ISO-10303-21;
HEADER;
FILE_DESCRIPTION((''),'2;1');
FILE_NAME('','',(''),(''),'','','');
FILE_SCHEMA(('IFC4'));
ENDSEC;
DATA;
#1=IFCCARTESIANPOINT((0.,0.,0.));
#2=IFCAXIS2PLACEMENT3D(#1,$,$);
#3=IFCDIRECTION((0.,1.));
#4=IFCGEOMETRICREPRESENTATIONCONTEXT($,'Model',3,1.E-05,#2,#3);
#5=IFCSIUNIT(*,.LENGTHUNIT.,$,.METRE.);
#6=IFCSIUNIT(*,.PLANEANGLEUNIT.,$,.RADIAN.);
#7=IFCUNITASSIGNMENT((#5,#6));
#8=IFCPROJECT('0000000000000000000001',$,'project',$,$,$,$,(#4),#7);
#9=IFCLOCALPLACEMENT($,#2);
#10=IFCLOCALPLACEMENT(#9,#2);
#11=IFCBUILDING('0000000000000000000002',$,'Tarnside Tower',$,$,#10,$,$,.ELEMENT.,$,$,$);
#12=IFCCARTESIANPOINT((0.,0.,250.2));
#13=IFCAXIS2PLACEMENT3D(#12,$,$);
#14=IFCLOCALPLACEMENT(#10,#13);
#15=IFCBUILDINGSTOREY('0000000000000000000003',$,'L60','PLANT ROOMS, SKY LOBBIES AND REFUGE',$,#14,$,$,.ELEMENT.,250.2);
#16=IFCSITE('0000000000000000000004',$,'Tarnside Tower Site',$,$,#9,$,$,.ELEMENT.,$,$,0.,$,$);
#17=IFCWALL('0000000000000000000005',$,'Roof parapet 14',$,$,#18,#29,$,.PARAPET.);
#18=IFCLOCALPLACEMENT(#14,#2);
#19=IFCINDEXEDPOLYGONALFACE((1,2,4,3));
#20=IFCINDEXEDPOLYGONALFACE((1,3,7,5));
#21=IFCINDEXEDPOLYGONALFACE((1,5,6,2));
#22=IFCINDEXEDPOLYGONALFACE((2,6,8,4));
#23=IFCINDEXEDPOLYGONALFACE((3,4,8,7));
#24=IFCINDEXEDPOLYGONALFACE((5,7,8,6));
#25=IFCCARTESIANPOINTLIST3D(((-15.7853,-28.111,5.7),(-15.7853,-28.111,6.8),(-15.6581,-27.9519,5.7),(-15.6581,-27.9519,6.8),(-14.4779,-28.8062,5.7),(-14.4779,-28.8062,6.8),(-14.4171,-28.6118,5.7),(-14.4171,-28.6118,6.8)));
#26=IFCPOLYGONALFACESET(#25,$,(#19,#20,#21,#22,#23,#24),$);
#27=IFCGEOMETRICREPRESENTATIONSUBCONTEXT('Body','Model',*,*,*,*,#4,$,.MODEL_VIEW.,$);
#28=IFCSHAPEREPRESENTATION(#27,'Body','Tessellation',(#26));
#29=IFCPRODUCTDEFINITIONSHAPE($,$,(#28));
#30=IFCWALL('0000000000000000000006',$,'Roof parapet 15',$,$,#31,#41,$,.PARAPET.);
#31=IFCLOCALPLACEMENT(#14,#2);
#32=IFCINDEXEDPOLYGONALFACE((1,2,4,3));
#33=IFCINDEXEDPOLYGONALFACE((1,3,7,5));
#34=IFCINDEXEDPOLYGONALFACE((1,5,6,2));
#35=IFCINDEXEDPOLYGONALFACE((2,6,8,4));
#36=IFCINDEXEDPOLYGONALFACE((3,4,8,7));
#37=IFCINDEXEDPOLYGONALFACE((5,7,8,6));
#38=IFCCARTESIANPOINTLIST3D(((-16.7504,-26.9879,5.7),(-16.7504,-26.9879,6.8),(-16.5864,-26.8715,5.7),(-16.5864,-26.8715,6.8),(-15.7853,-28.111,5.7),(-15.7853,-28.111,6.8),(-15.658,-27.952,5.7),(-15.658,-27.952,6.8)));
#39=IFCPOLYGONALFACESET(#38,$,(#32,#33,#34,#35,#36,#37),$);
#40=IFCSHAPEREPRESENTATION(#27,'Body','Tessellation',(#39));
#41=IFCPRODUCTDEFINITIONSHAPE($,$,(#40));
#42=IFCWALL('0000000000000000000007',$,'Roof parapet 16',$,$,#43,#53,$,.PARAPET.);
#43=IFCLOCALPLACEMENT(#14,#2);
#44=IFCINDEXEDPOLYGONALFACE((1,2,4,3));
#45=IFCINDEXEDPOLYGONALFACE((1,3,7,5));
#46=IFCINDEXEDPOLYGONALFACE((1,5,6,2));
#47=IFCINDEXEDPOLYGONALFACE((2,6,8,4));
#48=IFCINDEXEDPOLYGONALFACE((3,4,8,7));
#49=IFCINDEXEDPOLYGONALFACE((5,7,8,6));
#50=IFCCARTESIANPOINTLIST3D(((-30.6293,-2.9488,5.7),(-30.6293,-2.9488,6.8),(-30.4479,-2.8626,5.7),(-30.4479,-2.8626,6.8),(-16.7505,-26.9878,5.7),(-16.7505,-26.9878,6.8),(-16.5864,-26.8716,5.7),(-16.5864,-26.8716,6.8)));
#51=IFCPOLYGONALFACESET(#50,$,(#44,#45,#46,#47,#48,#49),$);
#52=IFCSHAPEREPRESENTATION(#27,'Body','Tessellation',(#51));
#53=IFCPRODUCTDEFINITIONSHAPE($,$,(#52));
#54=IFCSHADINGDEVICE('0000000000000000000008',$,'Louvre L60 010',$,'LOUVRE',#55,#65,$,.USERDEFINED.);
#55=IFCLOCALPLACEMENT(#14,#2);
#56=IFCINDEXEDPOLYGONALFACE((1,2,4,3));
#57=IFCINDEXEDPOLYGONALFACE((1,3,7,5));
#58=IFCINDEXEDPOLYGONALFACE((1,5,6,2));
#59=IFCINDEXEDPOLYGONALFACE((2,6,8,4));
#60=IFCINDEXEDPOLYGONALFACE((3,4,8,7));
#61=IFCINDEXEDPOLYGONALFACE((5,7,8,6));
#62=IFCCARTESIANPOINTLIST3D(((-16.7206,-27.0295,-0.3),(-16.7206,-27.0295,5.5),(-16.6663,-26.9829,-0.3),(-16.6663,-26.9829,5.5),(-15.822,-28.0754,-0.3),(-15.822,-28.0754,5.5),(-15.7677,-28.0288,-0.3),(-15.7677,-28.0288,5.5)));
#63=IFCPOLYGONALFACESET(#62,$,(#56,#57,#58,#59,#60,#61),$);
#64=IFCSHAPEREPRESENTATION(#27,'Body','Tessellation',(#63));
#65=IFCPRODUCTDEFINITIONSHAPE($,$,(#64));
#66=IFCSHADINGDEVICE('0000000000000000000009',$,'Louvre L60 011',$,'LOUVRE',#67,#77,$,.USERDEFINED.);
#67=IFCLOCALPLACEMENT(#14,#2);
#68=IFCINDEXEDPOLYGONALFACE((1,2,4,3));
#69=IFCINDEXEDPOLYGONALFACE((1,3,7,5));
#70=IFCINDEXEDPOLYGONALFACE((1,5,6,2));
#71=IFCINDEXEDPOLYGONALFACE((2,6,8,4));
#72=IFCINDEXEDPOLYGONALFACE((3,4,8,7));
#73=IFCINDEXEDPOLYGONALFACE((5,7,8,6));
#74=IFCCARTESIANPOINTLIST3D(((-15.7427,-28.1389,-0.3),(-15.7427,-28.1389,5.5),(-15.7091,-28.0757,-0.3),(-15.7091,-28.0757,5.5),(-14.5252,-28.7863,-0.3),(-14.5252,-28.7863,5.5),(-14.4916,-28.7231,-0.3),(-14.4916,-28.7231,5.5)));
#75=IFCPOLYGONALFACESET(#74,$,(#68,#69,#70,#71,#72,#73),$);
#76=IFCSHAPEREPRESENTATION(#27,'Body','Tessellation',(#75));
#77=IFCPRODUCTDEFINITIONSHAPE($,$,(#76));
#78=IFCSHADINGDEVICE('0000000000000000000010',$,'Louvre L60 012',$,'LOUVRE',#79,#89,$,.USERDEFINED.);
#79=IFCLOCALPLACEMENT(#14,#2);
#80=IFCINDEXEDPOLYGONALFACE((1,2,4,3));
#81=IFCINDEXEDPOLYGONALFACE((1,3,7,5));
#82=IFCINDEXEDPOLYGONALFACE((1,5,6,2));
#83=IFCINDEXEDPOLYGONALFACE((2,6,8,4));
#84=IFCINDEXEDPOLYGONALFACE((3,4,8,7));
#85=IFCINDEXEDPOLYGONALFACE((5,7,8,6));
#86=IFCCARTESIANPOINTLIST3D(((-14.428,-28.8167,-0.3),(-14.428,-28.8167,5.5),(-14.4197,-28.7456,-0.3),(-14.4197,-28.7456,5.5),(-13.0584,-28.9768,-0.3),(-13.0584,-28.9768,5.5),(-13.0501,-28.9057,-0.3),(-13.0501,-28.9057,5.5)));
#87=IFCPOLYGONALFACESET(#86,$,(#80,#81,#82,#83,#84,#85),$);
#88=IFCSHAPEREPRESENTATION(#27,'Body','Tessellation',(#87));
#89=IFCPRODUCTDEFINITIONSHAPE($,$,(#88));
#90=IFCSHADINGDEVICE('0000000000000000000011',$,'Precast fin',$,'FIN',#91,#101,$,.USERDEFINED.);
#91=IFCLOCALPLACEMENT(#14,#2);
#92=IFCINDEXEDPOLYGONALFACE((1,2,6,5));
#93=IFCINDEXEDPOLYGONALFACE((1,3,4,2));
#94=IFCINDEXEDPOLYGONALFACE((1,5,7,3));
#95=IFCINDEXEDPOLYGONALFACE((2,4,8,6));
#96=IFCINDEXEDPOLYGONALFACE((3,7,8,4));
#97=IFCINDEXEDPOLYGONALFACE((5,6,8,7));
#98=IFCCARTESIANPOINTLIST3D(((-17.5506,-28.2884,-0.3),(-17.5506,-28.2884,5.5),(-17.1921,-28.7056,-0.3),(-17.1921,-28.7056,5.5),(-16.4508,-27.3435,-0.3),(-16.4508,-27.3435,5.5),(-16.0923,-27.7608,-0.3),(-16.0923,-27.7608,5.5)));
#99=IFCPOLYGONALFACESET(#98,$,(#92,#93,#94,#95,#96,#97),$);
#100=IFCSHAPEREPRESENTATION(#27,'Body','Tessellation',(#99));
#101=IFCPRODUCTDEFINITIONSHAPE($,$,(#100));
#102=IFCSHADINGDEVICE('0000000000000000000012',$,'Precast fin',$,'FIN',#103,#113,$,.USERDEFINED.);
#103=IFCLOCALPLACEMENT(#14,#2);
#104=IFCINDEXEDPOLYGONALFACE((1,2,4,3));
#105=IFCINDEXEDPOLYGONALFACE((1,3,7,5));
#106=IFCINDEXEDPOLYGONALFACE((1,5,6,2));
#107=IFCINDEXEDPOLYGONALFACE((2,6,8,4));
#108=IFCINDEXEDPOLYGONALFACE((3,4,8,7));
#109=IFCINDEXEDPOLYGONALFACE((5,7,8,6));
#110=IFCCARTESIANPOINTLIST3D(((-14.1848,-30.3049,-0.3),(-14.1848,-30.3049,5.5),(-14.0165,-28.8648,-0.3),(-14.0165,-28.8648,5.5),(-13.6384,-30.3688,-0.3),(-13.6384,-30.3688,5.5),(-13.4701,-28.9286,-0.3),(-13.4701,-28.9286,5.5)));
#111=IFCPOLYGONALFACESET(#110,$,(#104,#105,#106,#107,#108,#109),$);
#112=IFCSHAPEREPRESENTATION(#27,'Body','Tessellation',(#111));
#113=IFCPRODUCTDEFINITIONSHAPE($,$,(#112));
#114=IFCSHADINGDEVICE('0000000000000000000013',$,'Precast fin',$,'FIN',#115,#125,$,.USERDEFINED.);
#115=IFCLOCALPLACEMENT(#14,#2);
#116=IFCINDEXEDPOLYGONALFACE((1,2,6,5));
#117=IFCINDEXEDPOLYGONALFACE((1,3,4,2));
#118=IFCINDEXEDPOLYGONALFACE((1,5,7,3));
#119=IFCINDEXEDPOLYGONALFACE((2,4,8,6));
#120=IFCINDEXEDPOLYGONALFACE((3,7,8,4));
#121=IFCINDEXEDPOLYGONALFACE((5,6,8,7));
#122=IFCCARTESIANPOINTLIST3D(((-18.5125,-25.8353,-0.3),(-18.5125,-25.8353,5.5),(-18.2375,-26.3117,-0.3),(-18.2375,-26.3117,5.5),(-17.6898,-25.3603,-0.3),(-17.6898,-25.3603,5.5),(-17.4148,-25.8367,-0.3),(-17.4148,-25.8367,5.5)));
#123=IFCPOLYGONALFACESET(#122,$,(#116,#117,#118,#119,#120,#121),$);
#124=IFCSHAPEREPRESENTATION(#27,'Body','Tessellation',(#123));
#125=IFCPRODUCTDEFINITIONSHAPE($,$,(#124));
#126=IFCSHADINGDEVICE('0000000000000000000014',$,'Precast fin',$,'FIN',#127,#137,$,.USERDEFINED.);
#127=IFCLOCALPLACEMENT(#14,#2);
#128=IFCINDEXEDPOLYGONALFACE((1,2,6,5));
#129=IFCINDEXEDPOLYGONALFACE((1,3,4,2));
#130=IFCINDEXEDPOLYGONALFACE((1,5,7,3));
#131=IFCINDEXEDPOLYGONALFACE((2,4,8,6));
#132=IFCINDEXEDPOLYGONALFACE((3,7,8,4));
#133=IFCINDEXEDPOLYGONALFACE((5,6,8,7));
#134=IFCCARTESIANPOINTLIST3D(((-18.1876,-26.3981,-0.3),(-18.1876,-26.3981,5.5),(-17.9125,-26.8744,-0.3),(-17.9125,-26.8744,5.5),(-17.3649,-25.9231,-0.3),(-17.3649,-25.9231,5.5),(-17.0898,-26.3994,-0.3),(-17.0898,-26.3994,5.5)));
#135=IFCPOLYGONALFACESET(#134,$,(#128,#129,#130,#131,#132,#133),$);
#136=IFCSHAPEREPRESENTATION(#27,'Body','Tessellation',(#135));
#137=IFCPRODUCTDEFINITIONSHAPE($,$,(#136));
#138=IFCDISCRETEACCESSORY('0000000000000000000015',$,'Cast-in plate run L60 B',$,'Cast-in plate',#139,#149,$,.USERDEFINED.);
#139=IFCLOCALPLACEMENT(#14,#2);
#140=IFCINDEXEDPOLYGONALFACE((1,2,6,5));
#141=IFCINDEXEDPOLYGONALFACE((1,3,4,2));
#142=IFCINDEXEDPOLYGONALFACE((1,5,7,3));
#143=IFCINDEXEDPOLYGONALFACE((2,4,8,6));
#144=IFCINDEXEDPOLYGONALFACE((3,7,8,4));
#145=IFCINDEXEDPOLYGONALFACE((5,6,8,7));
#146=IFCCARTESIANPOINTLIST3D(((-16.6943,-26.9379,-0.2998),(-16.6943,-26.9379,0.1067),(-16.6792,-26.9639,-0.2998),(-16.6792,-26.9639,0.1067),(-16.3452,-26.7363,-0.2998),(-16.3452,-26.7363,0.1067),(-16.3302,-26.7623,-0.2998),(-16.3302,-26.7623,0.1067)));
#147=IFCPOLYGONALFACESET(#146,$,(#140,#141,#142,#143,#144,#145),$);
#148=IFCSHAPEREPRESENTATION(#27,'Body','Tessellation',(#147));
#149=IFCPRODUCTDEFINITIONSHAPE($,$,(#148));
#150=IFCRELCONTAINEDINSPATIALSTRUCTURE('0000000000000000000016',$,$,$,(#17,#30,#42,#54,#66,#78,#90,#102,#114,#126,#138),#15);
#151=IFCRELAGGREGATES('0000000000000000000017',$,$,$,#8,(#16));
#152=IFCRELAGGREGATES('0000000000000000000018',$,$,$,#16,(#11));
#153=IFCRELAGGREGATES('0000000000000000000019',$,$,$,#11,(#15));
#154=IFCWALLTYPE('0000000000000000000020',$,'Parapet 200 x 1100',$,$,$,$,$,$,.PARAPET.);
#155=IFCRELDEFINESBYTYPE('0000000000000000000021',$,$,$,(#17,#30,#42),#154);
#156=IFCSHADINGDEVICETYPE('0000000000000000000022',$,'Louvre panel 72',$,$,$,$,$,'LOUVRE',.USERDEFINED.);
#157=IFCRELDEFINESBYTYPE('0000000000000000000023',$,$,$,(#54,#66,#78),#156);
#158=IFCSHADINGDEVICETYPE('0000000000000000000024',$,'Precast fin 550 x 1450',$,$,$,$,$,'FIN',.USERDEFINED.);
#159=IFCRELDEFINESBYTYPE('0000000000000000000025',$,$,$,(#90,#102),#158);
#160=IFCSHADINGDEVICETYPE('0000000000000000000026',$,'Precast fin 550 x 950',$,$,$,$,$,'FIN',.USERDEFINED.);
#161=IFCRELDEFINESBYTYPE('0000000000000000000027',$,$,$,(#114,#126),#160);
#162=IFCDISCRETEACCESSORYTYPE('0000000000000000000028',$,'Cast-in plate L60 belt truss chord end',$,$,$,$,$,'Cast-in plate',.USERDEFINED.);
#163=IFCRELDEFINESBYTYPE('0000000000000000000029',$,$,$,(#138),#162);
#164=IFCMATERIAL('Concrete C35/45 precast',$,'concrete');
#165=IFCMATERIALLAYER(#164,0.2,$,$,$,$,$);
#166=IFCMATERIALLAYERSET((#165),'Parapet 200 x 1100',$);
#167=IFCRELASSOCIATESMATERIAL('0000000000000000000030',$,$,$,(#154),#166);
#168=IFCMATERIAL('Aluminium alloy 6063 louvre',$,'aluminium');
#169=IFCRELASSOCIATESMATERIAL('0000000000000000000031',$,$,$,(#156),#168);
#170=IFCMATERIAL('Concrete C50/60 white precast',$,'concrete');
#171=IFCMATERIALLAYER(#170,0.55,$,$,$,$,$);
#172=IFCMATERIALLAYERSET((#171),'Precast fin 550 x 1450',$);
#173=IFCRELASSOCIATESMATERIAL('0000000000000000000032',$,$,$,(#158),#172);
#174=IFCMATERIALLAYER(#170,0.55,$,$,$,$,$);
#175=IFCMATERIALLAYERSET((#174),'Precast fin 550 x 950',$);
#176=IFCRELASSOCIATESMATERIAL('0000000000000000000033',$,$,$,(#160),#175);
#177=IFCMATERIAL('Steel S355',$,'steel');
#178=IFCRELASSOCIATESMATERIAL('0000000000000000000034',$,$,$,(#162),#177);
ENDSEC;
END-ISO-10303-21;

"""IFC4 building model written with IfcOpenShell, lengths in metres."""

from ifc_helpers import new_model, si_unit, direction, frame, origin, origin_2d, place, context, subcontext, project, spatial, polyline, rectangle, outline, extrude, material, layer, layer_set, type_object, element, save


model = new_model("IFC4")

# Units and contexts
model_context = context("Model", 3, precision=1e-05, world=origin(), true_north=direction((0.0, 1.0)))
body_context = subcontext(model_context, "Body", "Model", "MODEL_VIEW")
ifc_project = project(units=[si_unit("LENGTHUNIT", "METRE"), si_unit("PLANEANGLEUNIT", "RADIAN")], contexts=[model_context])

# Site, building, storey
site_placement = place(None, origin())
site = spatial("IfcSite", under=ifc_project, at=site_placement, Name="Tarnside Tower Site", CompositionType="ELEMENT", RefElevation=0.0)
building_placement = place(site_placement, origin())
building = spatial("IfcBuilding", under=site, at=building_placement, Name="Tarnside Tower", CompositionType="ELEMENT")
storey_placement = place(building_placement, frame((0.0, 0.0, 250.2)))
storey = spatial("IfcBuildingStorey", under=building, at=storey_placement, Name="L60", Description="PLANT ROOMS, SKY LOBBIES AND REFUGE", CompositionType="ELEMENT", Elevation=250.2)

# Shared definitions
ifc_material_1 = material(Name="Steel S355", Category="steel")

# Walls
ifc_material_2 = material(Name="Concrete C35/45 precast", Category="concrete")
ifc_layer_1 = layer(ifc_material_2, 0.2)
ifc_layer_set_1 = layer_set([ifc_layer_1], Name="Parapet 200 x 1100")
wall_type = type_object("IfcWallType", Name="Parapet 200 x 1100", PredefinedType="PARAPET", material=ifc_layer_set_1)
wall_1_placement = place(storey_placement, frame((-14.4475, -28.709, 5.7), z_axis=(0.0, 0.0, 1.0), x_axis=(-0.882947, 0.469473, 0.0)))
element("IfcWall", 1, at=wall_1_placement, inside=storey, type_object=wall_type, Name="Roof parapet 14", PredefinedType="PARAPET", context=body_context, shape_type="SweptSolid", body=[
    extrude(outline(polyline([(0.0188, -0.1001), (1.4243, -0.1001), (1.4619, 0.1001), (-0.0188, 0.1001), (0.0188, -0.1001)])), origin(), (0.0, 0.0, 1.0), 1.1001),
])
wall_2_placement = place(storey_placement, frame((-15.7217, -28.0315, 5.7), z_axis=(0.0, 0.0, 1.0), x_axis=(-0.651732, 0.758449, 0.0)))
element("IfcWall", 2, at=wall_2_placement, inside=storey, type_object=wall_type, Name="Roof parapet 15", PredefinedType="PARAPET", context=body_context, shape_type="SweptSolid", body=[
    extrude(outline(polyline([(0.0188, -0.1001), (1.4434, -0.1001), (1.4619, 0.1001), (-0.0188, 0.1001), (0.0188, -0.1001)])), origin(), (0.0, 0.0, 1.0), 1.1001),
])
wall_3_placement = place(storey_placement, frame((-16.6685, -26.9297, 5.7), z_axis=(0.0, 0.0, 1.0), x_axis=(-0.499997, 0.866027, 0.0)))
element("IfcWall", 3, at=wall_3_placement, inside=storey, type_object=wall_type, Name="Roof parapet 16", PredefinedType="PARAPET", context=body_context, shape_type="SweptSolid", body=[
    extrude(outline(polyline([(0.0093, -0.1001), (27.7324, -0.1001), (27.7485, 0.1001), (-0.0093, 0.1001), (0.0093, -0.1001)])), origin(), (0.0, 0.0, 1.0), 1.1001),
])

# Shading devices
ifc_material_3 = material(Name="Aluminium alloy 6063 louvre", Category="aluminium")
shading_device_type_1 = type_object("IfcShadingDeviceType", Name="Louvre panel 72", ElementType="LOUVRE", PredefinedType="USERDEFINED", material=ifc_material_3)
for number, where, z_axis, x_axis, name in (
    (4, (-16.217, -27.5059, -0.3), (-0.651675, 0.758498, 0.0), (-0.758498, -0.651675, 0.0), "Louvre L60 010"),
    (5, (-15.1003, -28.3994, -0.3), (-0.882934, 0.469496, 0.0), (-0.469496, -0.882934, 0.0), "Louvre L60 011"),
    (6, (-13.7349, -28.8257, -0.3), (-0.993238, 0.116097, 0.0), (-0.116097, -0.993238, 0.0), "Louvre L60 012"),
):
    element("IfcShadingDevice", number, at=place(storey_placement, frame(where, z_axis=z_axis, x_axis=x_axis)), inside=storey, type_object=shading_device_type_1, Name=name, ObjectType="LOUVRE", PredefinedType="USERDEFINED", context=body_context, shape_type="SweptSolid", body=[
        extrude(outline(polyline([(0.0, 0.0), (0.0715, 0.0), (0.0715, 5.8), (0.0, 5.8), (0.0, 0.0)])), frame((0.0, 0.0, -0.6895)), (0.0, 0.0, 1.0), 1.3789),
    ])
ifc_material_4 = material(Name="Concrete C50/60 white precast", Category="concrete")
ifc_layer_2 = layer(ifc_material_4, 0.55)
ifc_layer_set_2 = layer_set([ifc_layer_2], Name="Precast fin 550 x 1450")
shading_device_type_2 = type_object("IfcShadingDeviceType", Name="Precast fin 550 x 1450", ElementType="FIN", PredefinedType="USERDEFINED", material=ifc_layer_set_2)
for number, where, z_axis, x_axis, name in (
    (7, (-16.2715, -27.5522, -0.3), (-0.651657, 0.758514, 0.0), (-0.758514, -0.651657, 0.0), "Precast fin"),
    (8, (-13.7432, -28.8967, -0.3), (-0.993238, 0.116093, 0.0), (-0.116093, -0.993238, 0.0), "Precast fin"),
):
    element("IfcShadingDevice", number, at=place(storey_placement, frame(where, z_axis=z_axis, x_axis=x_axis)), inside=storey, type_object=shading_device_type_2, Name=name, ObjectType="FIN", PredefinedType="USERDEFINED", context=body_context, shape_type="SweptSolid", body=[
        extrude(outline(polyline([(0.0, 0.0), (1.45, 0.0), (1.45, 5.8), (0.0, 5.8), (0.0, 0.0)])), frame((0.0, 0.0, -0.2749)), (0.0, 0.0, 1.0), 0.55),
    ])
ifc_layer_3 = layer(ifc_material_4, 0.55)
ifc_layer_set_3 = layer_set([ifc_layer_3], Name="Precast fin 550 x 950")
shading_device_type_3 = type_object("IfcShadingDeviceType", Name="Precast fin 550 x 950", ElementType="FIN", PredefinedType="USERDEFINED", material=ifc_layer_set_3)
for number, where, z_axis, x_axis, name in (
    (9, (-17.5522, -25.5986, -0.3), (-0.5, 0.866025, 0.0), (-0.866025, -0.5, 0.0), "Precast fin"),
    (10, (-17.2273, -26.1614, -0.3), (-0.5, 0.866025, 0.0), (-0.866025, -0.5, 0.0), "Precast fin"),
):
    element("IfcShadingDevice", number, at=place(storey_placement, frame(where, z_axis=z_axis, x_axis=x_axis)), inside=storey, type_object=shading_device_type_3, Name=name, ObjectType="FIN", PredefinedType="USERDEFINED", context=body_context, shape_type="SweptSolid", body=[
        extrude(outline(polyline([(0.0, 0.0), (0.95, 0.0), (0.95, 5.8), (0.0, 5.8), (0.0, 0.0)])), frame((0.0, 0.0, -0.2749)), (0.0, 0.0, 1.0), 0.55),
    ])

# Discrete accessory
discrete_accessory_type = type_object("IfcDiscreteAccessoryType", Name="Cast-in plate L60 belt truss chord end", ElementType="Cast-in plate", PredefinedType="USERDEFINED", material=ifc_material_1)
discrete_accessory_placement = place(storey_placement, frame((-16.5122, -26.8501, -0.2998), z_axis=(0.0, 0.0, 1.0), x_axis=(0.5, -0.866025, 0.0)))
element("IfcDiscreteAccessory", 11, at=discrete_accessory_placement, inside=storey, type_object=discrete_accessory_type, Name="Cast-in plate run L60 B", ObjectType="Cast-in plate", PredefinedType="USERDEFINED", context=body_context, shape_type="SweptSolid", body=[
    extrude(rectangle(XDim=0.03, YDim=0.4031, at=origin_2d()), origin(), (0.0, 0.0, 1.0), 0.4065),
])

save(model, "model.ifc")
